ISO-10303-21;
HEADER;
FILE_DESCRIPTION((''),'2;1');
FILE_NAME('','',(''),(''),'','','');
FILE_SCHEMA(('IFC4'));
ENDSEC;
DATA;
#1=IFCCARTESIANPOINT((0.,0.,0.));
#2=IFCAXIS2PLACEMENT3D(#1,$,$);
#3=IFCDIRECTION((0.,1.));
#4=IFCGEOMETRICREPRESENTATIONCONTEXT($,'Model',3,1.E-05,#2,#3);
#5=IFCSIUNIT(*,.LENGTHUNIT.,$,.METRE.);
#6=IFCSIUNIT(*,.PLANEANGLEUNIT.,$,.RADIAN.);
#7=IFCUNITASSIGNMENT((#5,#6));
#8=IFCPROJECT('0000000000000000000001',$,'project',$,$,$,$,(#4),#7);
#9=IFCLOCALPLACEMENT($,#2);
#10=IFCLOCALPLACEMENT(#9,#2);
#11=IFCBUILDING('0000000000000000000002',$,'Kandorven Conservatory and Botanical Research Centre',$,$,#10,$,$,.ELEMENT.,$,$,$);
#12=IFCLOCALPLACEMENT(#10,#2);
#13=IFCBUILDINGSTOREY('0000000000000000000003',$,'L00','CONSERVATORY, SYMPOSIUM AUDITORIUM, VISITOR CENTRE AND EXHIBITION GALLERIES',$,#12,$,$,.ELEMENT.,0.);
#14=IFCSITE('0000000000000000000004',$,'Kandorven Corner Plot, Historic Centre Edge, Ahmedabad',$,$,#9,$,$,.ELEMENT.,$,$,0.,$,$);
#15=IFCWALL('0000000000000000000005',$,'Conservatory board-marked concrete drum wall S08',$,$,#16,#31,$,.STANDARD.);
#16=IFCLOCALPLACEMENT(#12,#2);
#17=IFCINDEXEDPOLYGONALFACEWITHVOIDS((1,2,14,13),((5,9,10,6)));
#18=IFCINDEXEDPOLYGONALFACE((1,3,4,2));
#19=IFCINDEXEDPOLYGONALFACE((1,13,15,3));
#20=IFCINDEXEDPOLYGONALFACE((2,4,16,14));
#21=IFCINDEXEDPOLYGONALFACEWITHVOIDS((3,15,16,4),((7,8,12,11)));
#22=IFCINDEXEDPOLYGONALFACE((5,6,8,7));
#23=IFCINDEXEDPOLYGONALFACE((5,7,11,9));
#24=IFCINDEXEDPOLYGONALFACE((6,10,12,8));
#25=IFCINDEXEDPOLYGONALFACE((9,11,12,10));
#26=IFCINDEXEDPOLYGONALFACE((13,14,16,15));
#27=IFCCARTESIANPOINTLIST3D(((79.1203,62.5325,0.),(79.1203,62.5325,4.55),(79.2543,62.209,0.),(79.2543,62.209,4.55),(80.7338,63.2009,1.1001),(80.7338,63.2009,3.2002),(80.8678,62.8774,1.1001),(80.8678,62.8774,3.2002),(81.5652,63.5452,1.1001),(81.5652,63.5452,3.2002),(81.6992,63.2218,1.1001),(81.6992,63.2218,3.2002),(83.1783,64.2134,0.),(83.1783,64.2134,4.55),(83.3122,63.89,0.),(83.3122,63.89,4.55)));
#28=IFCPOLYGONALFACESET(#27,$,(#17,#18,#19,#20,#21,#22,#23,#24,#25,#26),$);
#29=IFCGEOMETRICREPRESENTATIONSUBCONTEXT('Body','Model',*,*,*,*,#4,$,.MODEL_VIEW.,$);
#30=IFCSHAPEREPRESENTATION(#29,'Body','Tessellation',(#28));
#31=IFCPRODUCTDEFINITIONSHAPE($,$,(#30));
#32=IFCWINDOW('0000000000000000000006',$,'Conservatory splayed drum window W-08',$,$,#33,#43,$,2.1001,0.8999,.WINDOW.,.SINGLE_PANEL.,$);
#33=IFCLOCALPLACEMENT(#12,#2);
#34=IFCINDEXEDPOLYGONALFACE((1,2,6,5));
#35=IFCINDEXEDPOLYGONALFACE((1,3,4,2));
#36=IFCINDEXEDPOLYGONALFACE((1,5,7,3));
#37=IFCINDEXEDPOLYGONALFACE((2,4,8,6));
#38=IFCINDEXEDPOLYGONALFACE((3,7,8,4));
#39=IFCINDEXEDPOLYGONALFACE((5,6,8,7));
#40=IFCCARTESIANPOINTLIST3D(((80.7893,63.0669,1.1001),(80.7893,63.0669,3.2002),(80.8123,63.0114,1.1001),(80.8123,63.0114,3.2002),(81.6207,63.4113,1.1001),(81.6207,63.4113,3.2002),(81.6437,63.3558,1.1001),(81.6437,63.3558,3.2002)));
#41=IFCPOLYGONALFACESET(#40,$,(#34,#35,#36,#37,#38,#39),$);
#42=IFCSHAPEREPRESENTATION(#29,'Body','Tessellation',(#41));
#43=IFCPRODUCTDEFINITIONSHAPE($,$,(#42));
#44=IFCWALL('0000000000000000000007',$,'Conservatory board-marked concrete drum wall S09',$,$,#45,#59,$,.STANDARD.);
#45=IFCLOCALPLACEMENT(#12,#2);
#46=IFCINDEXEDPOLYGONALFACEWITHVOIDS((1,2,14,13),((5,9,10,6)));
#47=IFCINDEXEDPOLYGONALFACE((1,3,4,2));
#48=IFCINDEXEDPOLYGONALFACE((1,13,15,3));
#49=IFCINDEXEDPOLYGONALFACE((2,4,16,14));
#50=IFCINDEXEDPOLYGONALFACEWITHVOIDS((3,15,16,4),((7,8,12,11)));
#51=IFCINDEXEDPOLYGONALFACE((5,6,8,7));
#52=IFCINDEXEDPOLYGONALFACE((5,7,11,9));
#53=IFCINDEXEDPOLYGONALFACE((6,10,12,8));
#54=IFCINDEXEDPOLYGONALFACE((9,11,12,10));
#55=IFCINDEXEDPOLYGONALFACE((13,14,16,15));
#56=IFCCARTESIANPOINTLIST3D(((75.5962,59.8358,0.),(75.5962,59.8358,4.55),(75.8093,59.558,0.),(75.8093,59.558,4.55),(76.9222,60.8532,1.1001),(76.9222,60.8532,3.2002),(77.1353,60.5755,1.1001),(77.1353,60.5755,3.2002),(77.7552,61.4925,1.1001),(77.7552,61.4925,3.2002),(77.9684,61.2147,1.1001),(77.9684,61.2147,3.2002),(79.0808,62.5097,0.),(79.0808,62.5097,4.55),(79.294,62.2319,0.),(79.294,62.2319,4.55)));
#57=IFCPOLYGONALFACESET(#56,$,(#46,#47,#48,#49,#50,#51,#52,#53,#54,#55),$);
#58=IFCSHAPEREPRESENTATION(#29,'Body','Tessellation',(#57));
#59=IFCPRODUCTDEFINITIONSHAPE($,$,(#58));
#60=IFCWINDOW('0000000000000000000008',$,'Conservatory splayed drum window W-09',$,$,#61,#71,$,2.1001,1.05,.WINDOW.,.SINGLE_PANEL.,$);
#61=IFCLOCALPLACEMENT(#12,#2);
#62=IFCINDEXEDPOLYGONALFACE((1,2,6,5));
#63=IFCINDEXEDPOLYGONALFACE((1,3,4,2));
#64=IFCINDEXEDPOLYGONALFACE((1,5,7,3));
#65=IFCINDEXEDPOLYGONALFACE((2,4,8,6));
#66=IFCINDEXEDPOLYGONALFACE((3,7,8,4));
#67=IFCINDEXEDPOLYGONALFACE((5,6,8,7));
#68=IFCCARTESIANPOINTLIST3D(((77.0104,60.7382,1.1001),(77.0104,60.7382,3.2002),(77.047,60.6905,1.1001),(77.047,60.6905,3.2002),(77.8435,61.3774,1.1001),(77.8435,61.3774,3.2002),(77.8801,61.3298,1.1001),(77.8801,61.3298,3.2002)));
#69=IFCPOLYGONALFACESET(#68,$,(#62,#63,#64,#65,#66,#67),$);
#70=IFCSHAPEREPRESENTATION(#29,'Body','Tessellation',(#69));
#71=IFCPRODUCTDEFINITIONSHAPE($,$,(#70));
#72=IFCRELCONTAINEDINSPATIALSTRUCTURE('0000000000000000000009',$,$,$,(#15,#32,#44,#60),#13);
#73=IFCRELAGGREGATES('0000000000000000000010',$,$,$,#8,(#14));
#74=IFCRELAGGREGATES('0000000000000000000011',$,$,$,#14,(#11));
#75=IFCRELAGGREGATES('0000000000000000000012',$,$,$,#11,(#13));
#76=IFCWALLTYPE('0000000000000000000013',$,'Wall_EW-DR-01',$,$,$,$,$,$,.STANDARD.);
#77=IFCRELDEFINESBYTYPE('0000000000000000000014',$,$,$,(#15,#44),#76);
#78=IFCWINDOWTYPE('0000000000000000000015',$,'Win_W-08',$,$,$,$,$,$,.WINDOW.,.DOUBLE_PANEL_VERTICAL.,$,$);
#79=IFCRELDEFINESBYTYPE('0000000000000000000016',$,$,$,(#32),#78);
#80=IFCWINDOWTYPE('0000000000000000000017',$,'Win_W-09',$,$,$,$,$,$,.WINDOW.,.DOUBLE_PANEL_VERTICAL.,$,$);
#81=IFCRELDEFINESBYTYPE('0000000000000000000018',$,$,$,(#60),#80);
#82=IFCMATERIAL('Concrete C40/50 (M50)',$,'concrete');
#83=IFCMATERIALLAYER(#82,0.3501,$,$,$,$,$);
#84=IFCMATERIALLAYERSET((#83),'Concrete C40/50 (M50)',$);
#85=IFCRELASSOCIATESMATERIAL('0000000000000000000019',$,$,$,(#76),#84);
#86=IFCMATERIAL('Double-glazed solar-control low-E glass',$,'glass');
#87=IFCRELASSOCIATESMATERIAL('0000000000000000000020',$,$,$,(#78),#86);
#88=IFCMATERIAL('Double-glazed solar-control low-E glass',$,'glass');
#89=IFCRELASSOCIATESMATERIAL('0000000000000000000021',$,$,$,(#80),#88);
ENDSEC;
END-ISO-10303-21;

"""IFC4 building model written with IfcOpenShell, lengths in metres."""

from ifc_helpers import new_model, si_unit, direction, frame, frame_2d, origin, place, context, subcontext, project, spatial, rectangle, extrude, material, layer, layer_set, type_object, element, fill, save


model = new_model("IFC4")

# Units and contexts
model_context = context("Model", 3, precision=1e-05, world=origin(), true_north=direction((0.0, 1.0)))
body_context = subcontext(model_context, "Body", "Model", "MODEL_VIEW")
ifc_project = project(units=[si_unit("LENGTHUNIT", "METRE"), si_unit("PLANEANGLEUNIT", "RADIAN")], contexts=[model_context])

# Site, building, storey
site_placement = place(None, origin())
site = spatial("IfcSite", under=ifc_project, at=site_placement, Name="Kandorven Corner Plot, Historic Centre Edge, Ahmedabad", CompositionType="ELEMENT", RefElevation=0.0)
building_placement = place(site_placement, origin())
building = spatial("IfcBuilding", under=site, at=building_placement, Name="Kandorven Conservatory and Botanical Research Centre", CompositionType="ELEMENT")
storey_placement = place(building_placement, origin())
storey = spatial("IfcBuildingStorey", under=building, at=storey_placement, Name="L00", Description="CONSERVATORY, SYMPOSIUM AUDITORIUM, VISITOR CENTRE AND EXHIBITION GALLERIES", CompositionType="ELEMENT", Elevation=0.0)

# Walls, openings, windows
ifc_material_1 = material(Name="Concrete C40/50 (M50)", Category="concrete")
ifc_layer = layer(ifc_material_1, 0.3501)
ifc_layer_set = layer_set([ifc_layer], Name="Concrete C40/50 (M50)")
wall_type = type_object("IfcWallType", Name="Wall_EW-DR-01", PredefinedType="STANDARD", material=ifc_layer_set)
wall_1_placement = place(storey_placement, frame((83.2454, 64.0518, 0.0), z_axis=(0.0, 0.0, 1.0), x_axis=(-0.923873, -0.3827, 0.0)))
wall_1 = element("IfcWall", 1, at=wall_1_placement, inside=storey, type_object=wall_type, Name="Conservatory board-marked concrete drum wall S08", PredefinedType="STANDARD", context=body_context, shape_type="SweptSolid", body=[
    extrude(rectangle(XDim=4.3923, YDim=0.3501, at=frame_2d((2.1963, 0.0))), origin(), (0.0, 0.0, 1.0), 4.55),
])
opening_1_placement = place(wall_1_placement, frame((1.7461, 0.0, 1.1001)))
opening_1 = element("IfcOpeningElement", 2, at=opening_1_placement, cuts=wall_1, PredefinedType="OPENING", context=body_context, shape_type="SweptSolid", body=[
    extrude(rectangle(XDim=0.8999, YDim=2.1001, at=frame_2d((0.45, 1.05))), frame((0.0, 0.1851, 0.0), z_axis=(0.0, -1.0, 0.0), x_axis=(1.0, 0.0, 0.0)), (0.0, 0.0, 1.0), 0.3701),
])
ifc_material_2 = material(Name="Double-glazed solar-control low-E glass", Category="glass")
window_type_1 = type_object("IfcWindowType", Name="Win_W-08", PartitioningType="DOUBLE_PANEL_VERTICAL", PredefinedType="WINDOW", material=ifc_material_2)
window_1_placement = place(opening_1_placement, origin())
window_1 = element("IfcWindow", 3, at=window_1_placement, inside=storey, type_object=window_type_1, Name="Conservatory splayed drum window W-08", OverallHeight=2.1001, OverallWidth=0.8999, PartitioningType="SINGLE_PANEL", PredefinedType="WINDOW", context=body_context, shape_type="SweptSolid", body=[
    extrude(rectangle(XDim=0.8999, YDim=2.1001, at=frame_2d((0.45, 1.05))), frame((0.0, 0.03, 0.0), z_axis=(0.0, -1.0, 0.0), x_axis=(1.0, 0.0, 0.0)), (0.0, 0.0, 1.0), 0.0601),
])
fill(opening_1, window_1)
wall_2_placement = place(storey_placement, frame((79.1875, 62.3708, 0.0), z_axis=(0.0, 0.0, 1.0), x_axis=(-0.793355, -0.608759, 0.0)))
wall_2 = element("IfcWall", 4, at=wall_2_placement, inside=storey, type_object=wall_type, Name="Conservatory board-marked concrete drum wall S09", PredefinedType="STANDARD", context=body_context, shape_type="SweptSolid", body=[
    extrude(rectangle(XDim=4.3923, YDim=0.3501, at=frame_2d((2.1963, 0.0))), origin(), (0.0, 0.0, 1.0), 4.55),
])
opening_2_placement = place(wall_2_placement, frame((1.6711, 0.0, 1.1001)))
opening_2 = element("IfcOpeningElement", 5, at=opening_2_placement, cuts=wall_2, PredefinedType="OPENING", context=body_context, shape_type="SweptSolid", body=[
    extrude(rectangle(XDim=1.05, YDim=2.1001, at=frame_2d((0.5249, 1.05))), frame((0.0, 0.1851, 0.0), z_axis=(0.0, -1.0, 0.0), x_axis=(1.0, 0.0, 0.0)), (0.0, 0.0, 1.0), 0.3701),
])
ifc_material_3 = material(Name="Double-glazed solar-control low-E glass", Category="glass")
window_type_2 = type_object("IfcWindowType", Name="Win_W-09", PartitioningType="DOUBLE_PANEL_VERTICAL", PredefinedType="WINDOW", material=ifc_material_3)
window_2_placement = place(opening_2_placement, origin())
window_2 = element("IfcWindow", 6, at=window_2_placement, inside=storey, type_object=window_type_2, Name="Conservatory splayed drum window W-09", OverallHeight=2.1001, OverallWidth=1.05, PartitioningType="SINGLE_PANEL", PredefinedType="WINDOW", context=body_context, shape_type="SweptSolid", body=[
    extrude(rectangle(XDim=1.05, YDim=2.1001, at=frame_2d((0.5249, 1.05))), frame((0.0, 0.03, 0.0), z_axis=(0.0, -1.0, 0.0), x_axis=(1.0, 0.0, 0.0)), (0.0, 0.0, 1.0), 0.0601),
])
fill(opening_2, window_2)

save(model, "model.ifc")
